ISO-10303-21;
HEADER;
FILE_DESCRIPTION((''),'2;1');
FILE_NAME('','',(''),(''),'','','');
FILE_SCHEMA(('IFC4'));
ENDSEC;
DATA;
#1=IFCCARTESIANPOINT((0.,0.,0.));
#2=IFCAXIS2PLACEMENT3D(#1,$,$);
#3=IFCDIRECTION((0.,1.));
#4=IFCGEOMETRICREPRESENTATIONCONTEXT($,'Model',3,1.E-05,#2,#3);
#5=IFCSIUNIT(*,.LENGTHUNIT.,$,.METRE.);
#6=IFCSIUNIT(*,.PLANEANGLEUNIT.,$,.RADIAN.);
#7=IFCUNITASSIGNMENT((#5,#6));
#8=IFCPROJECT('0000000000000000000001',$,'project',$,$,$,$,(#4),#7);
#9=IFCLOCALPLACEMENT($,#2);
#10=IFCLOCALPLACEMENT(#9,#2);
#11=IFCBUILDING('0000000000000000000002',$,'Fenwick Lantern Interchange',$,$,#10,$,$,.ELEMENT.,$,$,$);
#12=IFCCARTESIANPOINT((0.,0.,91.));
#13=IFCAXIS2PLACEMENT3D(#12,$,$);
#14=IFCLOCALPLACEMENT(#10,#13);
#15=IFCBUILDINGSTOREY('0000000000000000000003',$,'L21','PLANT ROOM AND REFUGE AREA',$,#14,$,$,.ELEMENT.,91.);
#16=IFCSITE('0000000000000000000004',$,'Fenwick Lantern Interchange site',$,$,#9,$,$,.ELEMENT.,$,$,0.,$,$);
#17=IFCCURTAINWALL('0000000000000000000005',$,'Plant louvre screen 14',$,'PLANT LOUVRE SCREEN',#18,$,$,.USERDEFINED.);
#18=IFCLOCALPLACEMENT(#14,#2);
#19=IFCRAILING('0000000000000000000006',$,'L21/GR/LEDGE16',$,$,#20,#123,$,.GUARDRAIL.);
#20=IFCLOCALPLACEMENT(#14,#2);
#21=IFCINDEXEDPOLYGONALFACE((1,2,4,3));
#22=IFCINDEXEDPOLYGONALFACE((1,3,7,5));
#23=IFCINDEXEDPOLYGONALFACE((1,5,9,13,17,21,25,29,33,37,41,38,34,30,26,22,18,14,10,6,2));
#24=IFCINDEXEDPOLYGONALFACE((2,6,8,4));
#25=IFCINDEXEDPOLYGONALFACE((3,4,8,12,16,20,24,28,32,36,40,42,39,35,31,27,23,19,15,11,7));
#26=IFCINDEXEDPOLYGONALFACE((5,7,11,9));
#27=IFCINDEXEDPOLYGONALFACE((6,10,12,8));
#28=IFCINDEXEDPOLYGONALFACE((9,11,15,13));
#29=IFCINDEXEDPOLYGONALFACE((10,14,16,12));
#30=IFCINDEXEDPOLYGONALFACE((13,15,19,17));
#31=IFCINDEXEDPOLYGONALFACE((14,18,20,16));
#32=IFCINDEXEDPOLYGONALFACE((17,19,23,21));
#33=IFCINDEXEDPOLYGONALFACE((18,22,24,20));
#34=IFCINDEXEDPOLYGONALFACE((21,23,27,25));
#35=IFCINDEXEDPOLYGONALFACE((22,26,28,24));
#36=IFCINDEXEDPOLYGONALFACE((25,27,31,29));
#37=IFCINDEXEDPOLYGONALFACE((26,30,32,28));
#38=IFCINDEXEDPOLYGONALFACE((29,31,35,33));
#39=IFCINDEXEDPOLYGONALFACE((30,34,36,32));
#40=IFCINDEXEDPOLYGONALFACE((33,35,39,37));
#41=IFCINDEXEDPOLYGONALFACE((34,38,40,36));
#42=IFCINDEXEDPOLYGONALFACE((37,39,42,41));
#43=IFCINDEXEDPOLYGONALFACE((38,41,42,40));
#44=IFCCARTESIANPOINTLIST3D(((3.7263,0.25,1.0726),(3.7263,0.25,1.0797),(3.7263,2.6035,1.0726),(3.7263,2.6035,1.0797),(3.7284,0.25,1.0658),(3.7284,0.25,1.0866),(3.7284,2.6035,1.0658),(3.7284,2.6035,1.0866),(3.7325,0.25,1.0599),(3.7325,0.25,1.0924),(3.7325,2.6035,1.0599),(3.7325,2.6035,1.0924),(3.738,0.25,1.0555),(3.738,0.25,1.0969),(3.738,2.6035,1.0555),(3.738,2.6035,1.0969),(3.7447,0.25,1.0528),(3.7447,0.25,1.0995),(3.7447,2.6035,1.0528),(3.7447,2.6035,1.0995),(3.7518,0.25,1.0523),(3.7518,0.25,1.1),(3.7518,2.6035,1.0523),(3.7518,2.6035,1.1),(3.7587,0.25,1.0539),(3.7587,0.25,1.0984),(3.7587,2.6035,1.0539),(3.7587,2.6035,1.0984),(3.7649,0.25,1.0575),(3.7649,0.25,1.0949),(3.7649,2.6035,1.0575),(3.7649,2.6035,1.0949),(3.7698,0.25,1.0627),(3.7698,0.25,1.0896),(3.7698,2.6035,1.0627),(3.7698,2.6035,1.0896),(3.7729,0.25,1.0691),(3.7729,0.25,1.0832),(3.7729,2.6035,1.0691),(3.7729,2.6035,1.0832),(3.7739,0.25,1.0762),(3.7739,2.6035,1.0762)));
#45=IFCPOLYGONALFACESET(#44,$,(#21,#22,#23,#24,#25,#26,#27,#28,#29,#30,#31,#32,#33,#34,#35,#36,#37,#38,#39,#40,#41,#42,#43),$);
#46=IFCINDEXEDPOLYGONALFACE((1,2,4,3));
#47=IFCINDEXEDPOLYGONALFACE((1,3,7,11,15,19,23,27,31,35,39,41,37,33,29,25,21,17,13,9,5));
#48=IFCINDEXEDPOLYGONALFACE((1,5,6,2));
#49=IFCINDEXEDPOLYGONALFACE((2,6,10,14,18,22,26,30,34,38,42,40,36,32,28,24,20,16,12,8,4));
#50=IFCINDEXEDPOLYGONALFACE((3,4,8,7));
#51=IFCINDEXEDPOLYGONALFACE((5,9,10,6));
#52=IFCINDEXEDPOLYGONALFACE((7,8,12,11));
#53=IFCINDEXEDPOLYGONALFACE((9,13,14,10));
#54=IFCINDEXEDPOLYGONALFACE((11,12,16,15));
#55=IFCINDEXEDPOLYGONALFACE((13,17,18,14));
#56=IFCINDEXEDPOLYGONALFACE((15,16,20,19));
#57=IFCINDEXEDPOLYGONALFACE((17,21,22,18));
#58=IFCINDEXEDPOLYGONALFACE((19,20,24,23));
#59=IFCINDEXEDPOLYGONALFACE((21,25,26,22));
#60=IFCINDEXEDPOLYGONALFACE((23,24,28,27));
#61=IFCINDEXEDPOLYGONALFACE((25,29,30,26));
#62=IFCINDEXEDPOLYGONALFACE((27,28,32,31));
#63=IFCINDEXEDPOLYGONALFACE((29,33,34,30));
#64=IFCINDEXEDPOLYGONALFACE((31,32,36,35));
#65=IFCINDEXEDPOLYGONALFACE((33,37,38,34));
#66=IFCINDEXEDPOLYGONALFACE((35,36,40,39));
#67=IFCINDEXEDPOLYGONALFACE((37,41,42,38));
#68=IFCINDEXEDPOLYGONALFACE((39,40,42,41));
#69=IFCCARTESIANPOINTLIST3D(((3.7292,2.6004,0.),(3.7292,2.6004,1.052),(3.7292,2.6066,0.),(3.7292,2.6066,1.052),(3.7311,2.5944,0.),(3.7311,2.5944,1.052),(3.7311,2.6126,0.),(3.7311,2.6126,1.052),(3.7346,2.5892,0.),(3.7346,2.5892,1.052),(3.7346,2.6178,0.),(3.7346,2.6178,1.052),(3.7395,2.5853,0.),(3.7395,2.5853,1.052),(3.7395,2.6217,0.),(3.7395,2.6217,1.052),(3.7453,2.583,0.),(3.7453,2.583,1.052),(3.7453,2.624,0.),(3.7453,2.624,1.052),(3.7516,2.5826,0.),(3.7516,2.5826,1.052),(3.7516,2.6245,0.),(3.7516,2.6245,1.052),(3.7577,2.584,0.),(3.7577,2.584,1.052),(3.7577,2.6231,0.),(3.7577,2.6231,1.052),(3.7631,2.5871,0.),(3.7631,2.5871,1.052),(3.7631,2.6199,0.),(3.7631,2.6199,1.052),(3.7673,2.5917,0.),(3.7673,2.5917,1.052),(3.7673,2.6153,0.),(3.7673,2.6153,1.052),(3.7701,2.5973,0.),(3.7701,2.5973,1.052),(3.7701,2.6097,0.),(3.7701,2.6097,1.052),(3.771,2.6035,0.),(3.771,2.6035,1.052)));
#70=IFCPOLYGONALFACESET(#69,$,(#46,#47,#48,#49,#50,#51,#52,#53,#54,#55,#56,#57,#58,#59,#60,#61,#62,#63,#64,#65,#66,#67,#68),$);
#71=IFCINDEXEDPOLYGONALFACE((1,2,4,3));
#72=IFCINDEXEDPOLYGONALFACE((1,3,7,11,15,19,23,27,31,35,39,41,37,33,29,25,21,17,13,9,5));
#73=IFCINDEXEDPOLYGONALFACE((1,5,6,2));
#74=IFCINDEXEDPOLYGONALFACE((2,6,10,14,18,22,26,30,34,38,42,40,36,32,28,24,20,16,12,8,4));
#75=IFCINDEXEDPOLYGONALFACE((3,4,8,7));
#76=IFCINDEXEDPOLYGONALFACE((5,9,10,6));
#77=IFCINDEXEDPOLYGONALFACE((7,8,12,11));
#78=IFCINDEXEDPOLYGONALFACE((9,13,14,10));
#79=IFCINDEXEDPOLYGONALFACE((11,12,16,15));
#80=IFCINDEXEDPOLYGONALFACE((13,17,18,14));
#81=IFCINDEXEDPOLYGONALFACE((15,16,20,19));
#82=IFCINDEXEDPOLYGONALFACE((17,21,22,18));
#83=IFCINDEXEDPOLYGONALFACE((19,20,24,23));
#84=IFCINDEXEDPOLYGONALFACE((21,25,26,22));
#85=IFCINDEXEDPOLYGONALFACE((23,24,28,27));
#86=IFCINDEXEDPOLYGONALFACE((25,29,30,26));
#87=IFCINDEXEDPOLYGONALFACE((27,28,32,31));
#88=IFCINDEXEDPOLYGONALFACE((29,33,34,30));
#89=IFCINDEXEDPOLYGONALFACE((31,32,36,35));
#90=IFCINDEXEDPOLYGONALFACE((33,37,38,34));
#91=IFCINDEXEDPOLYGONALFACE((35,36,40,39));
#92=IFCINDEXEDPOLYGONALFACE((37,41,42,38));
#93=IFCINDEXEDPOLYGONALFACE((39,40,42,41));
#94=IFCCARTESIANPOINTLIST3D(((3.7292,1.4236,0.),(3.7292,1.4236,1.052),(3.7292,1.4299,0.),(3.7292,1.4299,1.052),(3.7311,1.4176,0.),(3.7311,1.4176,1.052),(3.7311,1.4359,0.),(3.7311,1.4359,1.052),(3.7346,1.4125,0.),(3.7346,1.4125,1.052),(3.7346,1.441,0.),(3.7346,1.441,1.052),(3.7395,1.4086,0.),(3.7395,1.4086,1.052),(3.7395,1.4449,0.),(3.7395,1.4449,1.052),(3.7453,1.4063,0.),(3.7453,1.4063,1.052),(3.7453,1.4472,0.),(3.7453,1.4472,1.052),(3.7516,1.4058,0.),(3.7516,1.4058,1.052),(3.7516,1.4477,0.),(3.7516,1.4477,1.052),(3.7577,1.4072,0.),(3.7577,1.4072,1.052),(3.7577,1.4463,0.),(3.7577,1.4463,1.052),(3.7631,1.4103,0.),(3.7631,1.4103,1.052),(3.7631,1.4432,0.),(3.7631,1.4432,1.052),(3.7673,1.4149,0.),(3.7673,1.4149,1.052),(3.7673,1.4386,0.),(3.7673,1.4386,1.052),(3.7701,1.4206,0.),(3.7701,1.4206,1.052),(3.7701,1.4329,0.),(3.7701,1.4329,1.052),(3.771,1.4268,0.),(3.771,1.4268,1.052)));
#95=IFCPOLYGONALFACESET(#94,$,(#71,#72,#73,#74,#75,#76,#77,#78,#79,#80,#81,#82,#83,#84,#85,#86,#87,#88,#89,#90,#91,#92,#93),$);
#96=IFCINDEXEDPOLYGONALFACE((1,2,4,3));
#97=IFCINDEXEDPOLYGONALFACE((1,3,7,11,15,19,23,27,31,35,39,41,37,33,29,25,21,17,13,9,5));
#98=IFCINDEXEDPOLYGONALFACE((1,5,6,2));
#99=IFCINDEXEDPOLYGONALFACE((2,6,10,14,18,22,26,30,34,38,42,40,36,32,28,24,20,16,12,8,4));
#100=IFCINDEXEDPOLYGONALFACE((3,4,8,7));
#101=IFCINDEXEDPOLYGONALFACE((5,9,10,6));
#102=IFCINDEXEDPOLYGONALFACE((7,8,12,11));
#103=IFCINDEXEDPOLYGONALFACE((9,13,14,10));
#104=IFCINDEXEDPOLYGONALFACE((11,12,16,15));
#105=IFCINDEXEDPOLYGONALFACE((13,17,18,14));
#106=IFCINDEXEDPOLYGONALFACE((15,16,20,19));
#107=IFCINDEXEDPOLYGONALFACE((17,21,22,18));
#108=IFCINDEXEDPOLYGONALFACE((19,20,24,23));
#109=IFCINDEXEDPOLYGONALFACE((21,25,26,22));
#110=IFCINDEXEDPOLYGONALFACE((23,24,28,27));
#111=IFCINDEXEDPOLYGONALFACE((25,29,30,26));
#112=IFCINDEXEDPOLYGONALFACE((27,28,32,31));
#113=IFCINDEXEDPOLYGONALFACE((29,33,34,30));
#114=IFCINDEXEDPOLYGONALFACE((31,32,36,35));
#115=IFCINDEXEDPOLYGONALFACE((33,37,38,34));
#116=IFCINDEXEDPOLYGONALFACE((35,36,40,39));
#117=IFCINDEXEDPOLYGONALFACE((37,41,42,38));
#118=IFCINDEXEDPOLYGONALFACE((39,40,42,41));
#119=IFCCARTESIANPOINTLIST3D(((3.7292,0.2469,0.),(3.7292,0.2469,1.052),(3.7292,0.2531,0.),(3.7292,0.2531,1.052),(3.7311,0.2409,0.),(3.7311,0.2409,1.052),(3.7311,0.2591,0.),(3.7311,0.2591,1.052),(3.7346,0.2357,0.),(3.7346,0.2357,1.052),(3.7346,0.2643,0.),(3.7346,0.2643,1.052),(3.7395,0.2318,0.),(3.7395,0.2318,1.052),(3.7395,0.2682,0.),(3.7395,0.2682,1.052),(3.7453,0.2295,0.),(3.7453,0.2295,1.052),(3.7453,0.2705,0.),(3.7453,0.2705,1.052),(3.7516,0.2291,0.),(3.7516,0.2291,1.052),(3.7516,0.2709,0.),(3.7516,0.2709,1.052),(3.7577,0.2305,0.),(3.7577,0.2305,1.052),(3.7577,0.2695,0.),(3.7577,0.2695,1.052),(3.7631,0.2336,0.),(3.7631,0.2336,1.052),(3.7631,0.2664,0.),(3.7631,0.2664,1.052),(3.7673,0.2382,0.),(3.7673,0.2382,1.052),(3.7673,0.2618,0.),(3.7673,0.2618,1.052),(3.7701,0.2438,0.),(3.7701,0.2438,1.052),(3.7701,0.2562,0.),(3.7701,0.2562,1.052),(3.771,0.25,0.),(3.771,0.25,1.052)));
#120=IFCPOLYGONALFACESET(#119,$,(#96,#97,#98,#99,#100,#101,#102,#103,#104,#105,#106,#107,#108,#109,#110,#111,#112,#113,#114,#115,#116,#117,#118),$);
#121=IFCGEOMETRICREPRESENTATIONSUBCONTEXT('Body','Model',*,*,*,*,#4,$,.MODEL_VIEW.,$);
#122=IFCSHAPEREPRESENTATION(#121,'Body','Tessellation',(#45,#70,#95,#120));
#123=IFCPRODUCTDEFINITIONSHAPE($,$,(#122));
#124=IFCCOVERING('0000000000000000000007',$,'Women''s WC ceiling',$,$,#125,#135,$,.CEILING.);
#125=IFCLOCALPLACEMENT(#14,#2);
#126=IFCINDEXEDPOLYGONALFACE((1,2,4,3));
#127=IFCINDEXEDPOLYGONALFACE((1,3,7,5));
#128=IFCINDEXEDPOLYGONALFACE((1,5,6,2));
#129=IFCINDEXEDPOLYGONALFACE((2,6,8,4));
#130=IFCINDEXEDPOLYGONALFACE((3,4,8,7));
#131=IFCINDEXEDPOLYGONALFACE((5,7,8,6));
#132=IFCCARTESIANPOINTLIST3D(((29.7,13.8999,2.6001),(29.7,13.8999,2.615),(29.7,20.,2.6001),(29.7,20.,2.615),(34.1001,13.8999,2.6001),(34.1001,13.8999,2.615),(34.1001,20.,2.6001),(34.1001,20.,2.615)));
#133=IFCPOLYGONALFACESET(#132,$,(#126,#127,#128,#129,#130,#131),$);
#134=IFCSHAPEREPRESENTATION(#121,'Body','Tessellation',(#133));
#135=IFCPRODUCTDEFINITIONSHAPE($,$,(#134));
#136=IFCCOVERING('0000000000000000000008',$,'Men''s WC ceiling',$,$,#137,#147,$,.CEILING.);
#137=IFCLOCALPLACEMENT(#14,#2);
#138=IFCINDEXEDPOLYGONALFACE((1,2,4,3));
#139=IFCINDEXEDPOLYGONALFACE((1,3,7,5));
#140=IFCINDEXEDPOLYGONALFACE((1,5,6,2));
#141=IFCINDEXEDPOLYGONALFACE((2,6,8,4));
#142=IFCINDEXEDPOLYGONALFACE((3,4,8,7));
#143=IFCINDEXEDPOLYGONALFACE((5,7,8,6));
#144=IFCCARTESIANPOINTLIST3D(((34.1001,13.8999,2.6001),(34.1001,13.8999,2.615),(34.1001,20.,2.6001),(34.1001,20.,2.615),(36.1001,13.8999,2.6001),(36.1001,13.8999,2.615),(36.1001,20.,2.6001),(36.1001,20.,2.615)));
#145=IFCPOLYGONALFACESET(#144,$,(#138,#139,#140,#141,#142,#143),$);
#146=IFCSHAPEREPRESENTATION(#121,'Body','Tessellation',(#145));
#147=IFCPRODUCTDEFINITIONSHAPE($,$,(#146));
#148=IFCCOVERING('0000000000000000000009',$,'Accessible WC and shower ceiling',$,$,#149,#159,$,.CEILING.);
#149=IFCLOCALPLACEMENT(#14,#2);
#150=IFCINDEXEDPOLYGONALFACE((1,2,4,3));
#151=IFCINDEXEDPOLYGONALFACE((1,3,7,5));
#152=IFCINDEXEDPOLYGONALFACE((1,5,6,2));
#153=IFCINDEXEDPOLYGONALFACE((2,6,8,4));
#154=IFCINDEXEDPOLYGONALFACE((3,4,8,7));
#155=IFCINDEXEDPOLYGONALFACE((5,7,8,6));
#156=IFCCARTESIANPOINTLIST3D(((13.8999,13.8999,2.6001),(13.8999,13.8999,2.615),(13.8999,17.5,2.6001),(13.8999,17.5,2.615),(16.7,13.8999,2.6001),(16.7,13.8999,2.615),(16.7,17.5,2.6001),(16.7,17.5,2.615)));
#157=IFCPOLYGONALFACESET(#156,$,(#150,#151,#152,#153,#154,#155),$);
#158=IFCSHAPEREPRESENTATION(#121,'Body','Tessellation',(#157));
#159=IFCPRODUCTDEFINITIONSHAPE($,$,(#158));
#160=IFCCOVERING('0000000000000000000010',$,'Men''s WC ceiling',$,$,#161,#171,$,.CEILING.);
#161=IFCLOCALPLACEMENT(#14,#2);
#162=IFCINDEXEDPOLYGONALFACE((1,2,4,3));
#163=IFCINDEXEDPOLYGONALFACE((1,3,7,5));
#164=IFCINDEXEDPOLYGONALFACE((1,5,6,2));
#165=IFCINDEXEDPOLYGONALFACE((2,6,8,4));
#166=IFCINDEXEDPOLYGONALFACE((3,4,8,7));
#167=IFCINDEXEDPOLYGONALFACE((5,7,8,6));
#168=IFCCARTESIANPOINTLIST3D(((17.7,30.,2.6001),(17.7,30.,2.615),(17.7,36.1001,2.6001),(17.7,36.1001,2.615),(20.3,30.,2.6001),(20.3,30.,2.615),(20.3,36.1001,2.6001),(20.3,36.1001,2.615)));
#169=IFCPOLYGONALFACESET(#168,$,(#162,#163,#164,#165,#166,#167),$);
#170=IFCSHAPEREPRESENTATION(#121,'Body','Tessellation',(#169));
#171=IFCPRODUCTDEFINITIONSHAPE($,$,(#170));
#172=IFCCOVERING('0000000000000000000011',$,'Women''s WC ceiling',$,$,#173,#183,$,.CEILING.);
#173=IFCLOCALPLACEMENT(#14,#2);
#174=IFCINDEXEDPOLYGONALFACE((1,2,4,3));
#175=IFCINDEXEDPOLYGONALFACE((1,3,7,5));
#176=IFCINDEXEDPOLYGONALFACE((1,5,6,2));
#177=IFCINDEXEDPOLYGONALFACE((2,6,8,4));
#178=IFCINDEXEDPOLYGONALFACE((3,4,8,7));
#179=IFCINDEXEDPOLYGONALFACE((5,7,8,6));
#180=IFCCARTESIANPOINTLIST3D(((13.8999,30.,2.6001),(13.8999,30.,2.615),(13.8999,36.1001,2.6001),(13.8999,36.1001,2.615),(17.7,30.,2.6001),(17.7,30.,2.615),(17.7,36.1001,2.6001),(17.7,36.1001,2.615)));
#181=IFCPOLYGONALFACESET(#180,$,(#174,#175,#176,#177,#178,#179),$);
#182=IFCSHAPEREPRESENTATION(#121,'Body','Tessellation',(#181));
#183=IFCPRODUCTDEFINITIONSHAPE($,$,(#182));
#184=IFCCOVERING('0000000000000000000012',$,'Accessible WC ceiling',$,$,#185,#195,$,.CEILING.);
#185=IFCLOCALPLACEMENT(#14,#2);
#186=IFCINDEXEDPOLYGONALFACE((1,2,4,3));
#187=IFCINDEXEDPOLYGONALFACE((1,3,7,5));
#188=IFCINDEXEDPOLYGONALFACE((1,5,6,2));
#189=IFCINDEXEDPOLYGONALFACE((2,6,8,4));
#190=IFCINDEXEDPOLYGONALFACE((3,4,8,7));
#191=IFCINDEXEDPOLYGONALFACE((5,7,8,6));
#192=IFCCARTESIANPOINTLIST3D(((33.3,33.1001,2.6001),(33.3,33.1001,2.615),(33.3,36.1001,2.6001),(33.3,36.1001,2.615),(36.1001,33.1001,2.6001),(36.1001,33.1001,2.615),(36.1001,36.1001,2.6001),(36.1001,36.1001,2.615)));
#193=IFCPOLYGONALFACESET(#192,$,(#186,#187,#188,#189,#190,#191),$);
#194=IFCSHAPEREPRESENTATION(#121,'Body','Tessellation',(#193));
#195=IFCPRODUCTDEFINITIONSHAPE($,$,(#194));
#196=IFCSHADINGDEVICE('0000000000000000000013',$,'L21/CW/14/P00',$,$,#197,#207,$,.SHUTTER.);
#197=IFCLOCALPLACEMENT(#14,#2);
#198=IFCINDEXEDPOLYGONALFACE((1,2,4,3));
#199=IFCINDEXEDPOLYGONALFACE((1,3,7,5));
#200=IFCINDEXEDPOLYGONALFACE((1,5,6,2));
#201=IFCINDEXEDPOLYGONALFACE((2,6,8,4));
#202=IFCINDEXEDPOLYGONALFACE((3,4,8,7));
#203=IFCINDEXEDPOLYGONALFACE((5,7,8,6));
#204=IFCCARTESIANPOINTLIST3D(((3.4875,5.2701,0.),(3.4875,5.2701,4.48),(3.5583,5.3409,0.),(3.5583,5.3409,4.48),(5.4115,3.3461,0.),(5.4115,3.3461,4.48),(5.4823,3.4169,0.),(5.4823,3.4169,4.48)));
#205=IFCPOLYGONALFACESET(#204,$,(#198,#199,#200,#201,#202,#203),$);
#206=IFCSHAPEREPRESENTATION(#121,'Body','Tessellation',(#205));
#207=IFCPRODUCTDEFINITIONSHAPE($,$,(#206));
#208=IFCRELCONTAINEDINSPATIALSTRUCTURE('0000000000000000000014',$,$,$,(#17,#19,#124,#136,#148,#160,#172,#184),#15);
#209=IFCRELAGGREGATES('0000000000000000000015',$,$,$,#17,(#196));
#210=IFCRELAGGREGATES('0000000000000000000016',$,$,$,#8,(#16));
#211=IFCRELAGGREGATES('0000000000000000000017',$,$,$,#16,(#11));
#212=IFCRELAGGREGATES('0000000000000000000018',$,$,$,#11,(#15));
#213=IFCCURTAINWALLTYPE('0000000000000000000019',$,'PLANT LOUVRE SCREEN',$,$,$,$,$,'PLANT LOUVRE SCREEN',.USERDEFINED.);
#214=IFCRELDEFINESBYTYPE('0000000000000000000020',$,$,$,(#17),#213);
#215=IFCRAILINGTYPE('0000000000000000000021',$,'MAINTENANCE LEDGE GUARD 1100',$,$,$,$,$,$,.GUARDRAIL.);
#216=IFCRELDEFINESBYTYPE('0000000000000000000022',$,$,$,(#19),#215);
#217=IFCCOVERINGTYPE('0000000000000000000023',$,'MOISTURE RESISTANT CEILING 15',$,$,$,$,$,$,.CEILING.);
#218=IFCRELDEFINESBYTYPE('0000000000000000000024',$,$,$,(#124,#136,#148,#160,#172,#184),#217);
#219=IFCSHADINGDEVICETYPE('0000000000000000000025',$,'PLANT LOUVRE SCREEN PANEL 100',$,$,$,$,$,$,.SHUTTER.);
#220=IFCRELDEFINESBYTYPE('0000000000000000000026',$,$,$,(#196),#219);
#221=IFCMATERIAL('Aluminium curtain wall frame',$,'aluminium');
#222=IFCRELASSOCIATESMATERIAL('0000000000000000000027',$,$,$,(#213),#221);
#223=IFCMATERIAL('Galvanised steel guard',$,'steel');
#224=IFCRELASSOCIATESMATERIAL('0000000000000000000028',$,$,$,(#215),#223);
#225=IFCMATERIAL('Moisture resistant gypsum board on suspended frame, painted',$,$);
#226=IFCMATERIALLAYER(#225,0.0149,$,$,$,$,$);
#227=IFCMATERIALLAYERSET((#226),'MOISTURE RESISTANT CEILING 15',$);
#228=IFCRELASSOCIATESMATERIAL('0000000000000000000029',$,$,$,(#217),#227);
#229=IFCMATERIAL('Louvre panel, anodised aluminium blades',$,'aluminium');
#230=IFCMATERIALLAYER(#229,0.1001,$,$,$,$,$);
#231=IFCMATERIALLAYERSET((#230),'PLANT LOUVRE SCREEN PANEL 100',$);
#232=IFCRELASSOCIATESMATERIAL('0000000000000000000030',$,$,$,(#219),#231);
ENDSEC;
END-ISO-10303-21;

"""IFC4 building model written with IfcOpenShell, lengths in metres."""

from ifc_helpers import new_model, si_unit, direction, frame, origin, origin_2d, place, context, subcontext, project, spatial, polyline, rectangle, circle, outline, extrude, material, layer, layer_set, type_object, element, aggregate, save


model = new_model("IFC4")

# Units and contexts
model_context = context("Model", 3, precision=1e-05, world=origin(), true_north=direction((0.0, 1.0)))
body_context = subcontext(model_context, "Body", "Model", "MODEL_VIEW")
ifc_project = project(units=[si_unit("LENGTHUNIT", "METRE"), si_unit("PLANEANGLEUNIT", "RADIAN")], contexts=[model_context])

# Site, building, storey
site_placement = place(None, origin())
site = spatial("IfcSite", under=ifc_project, at=site_placement, Name="Fenwick Lantern Interchange site", CompositionType="ELEMENT", RefElevation=0.0)
building_placement = place(site_placement, origin())
building = spatial("IfcBuilding", under=site, at=building_placement, Name="Fenwick Lantern Interchange", CompositionType="ELEMENT")
storey_placement = place(building_placement, frame((0.0, 0.0, 91.0)))
storey = spatial("IfcBuildingStorey", under=building, at=storey_placement, Name="L21", Description="PLANT ROOM AND REFUGE AREA", CompositionType="ELEMENT", Elevation=91.0)

# Shared definitions
ifc_material_1 = material(Name="Aluminium curtain wall frame", Category="aluminium")
curtain_wall_type = type_object("IfcCurtainWallType", Name="PLANT LOUVRE SCREEN", ElementType="PLANT LOUVRE SCREEN", PredefinedType="USERDEFINED", material=ifc_material_1)

# Curtain wall
curtain_wall_1_placement = place(storey_placement, origin())
curtain_wall_1 = element("IfcCurtainWall", 1, at=curtain_wall_1_placement, inside=storey, type_object=curtain_wall_type, Name="Plant louvre screen 14", ObjectType="PLANT LOUVRE SCREEN", PredefinedType="USERDEFINED")

# Railing
ifc_material_2 = material(Name="Galvanised steel guard", Category="steel")
railing_type = type_object("IfcRailingType", Name="MAINTENANCE LEDGE GUARD 1100", PredefinedType="GUARDRAIL", material=ifc_material_2)
railing_1_placement = place(storey_placement, frame((3.75, 2.6035, 0.0)))
element("IfcRailing", 2, at=railing_1_placement, inside=storey, type_object=railing_type, Name="L21/GR/LEDGE16", PredefinedType="GUARDRAIL", context=body_context, shape_type="SweptSolid", body=[
    extrude(circle(Radius=0.0239, at=origin_2d()), frame((0.0, 0.0, 1.0762), z_axis=(0.0, -1.0, 0.0), x_axis=(1.0, 0.0, 0.0)), (0.0, 0.0, 1.0), 2.3535),
    extrude(circle(Radius=0.021, at=origin_2d()), origin(), (0.0, 0.0, 1.0), 1.052),
    extrude(circle(Radius=0.021, at=origin_2d()), frame((0.0, -1.1768, 0.0)), (0.0, 0.0, 1.0), 1.052),
    extrude(circle(Radius=0.021, at=origin_2d()), frame((0.0, -2.3535, 0.0)), (0.0, 0.0, 1.0), 1.052),
])

# Coverings
ifc_material_3 = material(Name="Moisture resistant gypsum board on suspended frame, painted")
ifc_layer_1 = layer(ifc_material_3, 0.0149)
ifc_layer_set_1 = layer_set([ifc_layer_1], Name="MOISTURE RESISTANT CEILING 15")
covering_type_1 = type_object("IfcCoveringType", Name="MOISTURE RESISTANT CEILING 15", PredefinedType="CEILING", material=ifc_layer_set_1)
covering_1_placement = place(storey_placement, frame((0.0, 0.0, 2.6001)))
element("IfcCovering", 3, at=covering_1_placement, inside=storey, type_object=covering_type_1, Name="Women's WC ceiling", PredefinedType="CEILING", context=body_context, shape_type="SweptSolid", body=[
    extrude(outline(polyline([(29.7, 13.8999), (34.1001, 13.8999), (34.1001, 20.0), (29.7, 20.0), (29.7, 13.8999)])), origin(), (0.0, 0.0, 1.0), 0.0149),
])
covering_2_placement = place(storey_placement, frame((0.0, 0.0, 2.6001)))
element("IfcCovering", 4, at=covering_2_placement, inside=storey, type_object=covering_type_1, Name="Men's WC ceiling", PredefinedType="CEILING", context=body_context, shape_type="SweptSolid", body=[
    extrude(outline(polyline([(34.1001, 13.8999), (36.1001, 13.8999), (36.1001, 20.0), (34.1001, 20.0), (34.1001, 13.8999)])), origin(), (0.0, 0.0, 1.0), 0.0149),
])
covering_3_placement = place(storey_placement, frame((0.0, 0.0, 2.6001)))
element("IfcCovering", 5, at=covering_3_placement, inside=storey, type_object=covering_type_1, Name="Accessible WC and shower ceiling", PredefinedType="CEILING", context=body_context, shape_type="SweptSolid", body=[
    extrude(outline(polyline([(13.8999, 13.8999), (16.7, 13.8999), (16.7, 17.5), (13.8999, 17.5), (13.8999, 13.8999)])), origin(), (0.0, 0.0, 1.0), 0.0149),
])
covering_4_placement = place(storey_placement, frame((0.0, 0.0, 2.6001)))
element("IfcCovering", 6, at=covering_4_placement, inside=storey, type_object=covering_type_1, Name="Men's WC ceiling", PredefinedType="CEILING", context=body_context, shape_type="SweptSolid", body=[
    extrude(outline(polyline([(20.3, 36.1001), (17.7, 36.1001), (17.7, 30.0), (20.3, 30.0), (20.3, 36.1001)])), origin(), (0.0, 0.0, 1.0), 0.0149),
])
covering_5_placement = place(storey_placement, frame((0.0, 0.0, 2.6001)))
element("IfcCovering", 7, at=covering_5_placement, inside=storey, type_object=covering_type_1, Name="Women's WC ceiling", PredefinedType="CEILING", context=body_context, shape_type="SweptSolid", body=[
    extrude(outline(polyline([(17.7, 36.1001), (13.8999, 36.1001), (13.8999, 30.0), (17.7, 30.0), (17.7, 36.1001)])), origin(), (0.0, 0.0, 1.0), 0.0149),
])
covering_6_placement = place(storey_placement, frame((0.0, 0.0, 2.6001)))
element("IfcCovering", 8, at=covering_6_placement, inside=storey, type_object=covering_type_1, Name="Accessible WC ceiling", PredefinedType="CEILING", context=body_context, shape_type="SweptSolid", body=[
    extrude(outline(polyline([(36.1001, 36.1001), (33.3, 36.1001), (33.3, 33.1001), (36.1001, 33.1001), (36.1001, 36.1001)])), origin(), (0.0, 0.0, 1.0), 0.0149),
])

# Shading device
ifc_material_4 = material(Name="Louvre panel, anodised aluminium blades", Category="aluminium")
ifc_layer_2 = layer(ifc_material_4, 0.1001)
ifc_layer_set_2 = layer_set([ifc_layer_2], Name="PLANT LOUVRE SCREEN PANEL 100")
shading_device_type = type_object("IfcShadingDeviceType", Name="PLANT LOUVRE SCREEN PANEL 100", PredefinedType="SHUTTER", material=ifc_layer_set_2)
shading_device_placement = place(storey_placement, frame((4.4849, 4.3435, 0.0), z_axis=(0.0, 0.0, 1.0), x_axis=(0.707107, -0.707107, 0.0)))
shading_device = element("IfcShadingDevice", 9, at=shading_device_placement, type_object=shading_device_type, Name="L21/CW/14/P00", PredefinedType="SHUTTER", context=body_context, shape_type="SweptSolid", body=[
    extrude(rectangle(XDim=2.7209, YDim=0.1001, at=origin_2d()), origin(), (0.0, 0.0, 1.0), 4.48),
])
aggregate(curtain_wall_1, [shading_device])

save(model, "model.ifc")
